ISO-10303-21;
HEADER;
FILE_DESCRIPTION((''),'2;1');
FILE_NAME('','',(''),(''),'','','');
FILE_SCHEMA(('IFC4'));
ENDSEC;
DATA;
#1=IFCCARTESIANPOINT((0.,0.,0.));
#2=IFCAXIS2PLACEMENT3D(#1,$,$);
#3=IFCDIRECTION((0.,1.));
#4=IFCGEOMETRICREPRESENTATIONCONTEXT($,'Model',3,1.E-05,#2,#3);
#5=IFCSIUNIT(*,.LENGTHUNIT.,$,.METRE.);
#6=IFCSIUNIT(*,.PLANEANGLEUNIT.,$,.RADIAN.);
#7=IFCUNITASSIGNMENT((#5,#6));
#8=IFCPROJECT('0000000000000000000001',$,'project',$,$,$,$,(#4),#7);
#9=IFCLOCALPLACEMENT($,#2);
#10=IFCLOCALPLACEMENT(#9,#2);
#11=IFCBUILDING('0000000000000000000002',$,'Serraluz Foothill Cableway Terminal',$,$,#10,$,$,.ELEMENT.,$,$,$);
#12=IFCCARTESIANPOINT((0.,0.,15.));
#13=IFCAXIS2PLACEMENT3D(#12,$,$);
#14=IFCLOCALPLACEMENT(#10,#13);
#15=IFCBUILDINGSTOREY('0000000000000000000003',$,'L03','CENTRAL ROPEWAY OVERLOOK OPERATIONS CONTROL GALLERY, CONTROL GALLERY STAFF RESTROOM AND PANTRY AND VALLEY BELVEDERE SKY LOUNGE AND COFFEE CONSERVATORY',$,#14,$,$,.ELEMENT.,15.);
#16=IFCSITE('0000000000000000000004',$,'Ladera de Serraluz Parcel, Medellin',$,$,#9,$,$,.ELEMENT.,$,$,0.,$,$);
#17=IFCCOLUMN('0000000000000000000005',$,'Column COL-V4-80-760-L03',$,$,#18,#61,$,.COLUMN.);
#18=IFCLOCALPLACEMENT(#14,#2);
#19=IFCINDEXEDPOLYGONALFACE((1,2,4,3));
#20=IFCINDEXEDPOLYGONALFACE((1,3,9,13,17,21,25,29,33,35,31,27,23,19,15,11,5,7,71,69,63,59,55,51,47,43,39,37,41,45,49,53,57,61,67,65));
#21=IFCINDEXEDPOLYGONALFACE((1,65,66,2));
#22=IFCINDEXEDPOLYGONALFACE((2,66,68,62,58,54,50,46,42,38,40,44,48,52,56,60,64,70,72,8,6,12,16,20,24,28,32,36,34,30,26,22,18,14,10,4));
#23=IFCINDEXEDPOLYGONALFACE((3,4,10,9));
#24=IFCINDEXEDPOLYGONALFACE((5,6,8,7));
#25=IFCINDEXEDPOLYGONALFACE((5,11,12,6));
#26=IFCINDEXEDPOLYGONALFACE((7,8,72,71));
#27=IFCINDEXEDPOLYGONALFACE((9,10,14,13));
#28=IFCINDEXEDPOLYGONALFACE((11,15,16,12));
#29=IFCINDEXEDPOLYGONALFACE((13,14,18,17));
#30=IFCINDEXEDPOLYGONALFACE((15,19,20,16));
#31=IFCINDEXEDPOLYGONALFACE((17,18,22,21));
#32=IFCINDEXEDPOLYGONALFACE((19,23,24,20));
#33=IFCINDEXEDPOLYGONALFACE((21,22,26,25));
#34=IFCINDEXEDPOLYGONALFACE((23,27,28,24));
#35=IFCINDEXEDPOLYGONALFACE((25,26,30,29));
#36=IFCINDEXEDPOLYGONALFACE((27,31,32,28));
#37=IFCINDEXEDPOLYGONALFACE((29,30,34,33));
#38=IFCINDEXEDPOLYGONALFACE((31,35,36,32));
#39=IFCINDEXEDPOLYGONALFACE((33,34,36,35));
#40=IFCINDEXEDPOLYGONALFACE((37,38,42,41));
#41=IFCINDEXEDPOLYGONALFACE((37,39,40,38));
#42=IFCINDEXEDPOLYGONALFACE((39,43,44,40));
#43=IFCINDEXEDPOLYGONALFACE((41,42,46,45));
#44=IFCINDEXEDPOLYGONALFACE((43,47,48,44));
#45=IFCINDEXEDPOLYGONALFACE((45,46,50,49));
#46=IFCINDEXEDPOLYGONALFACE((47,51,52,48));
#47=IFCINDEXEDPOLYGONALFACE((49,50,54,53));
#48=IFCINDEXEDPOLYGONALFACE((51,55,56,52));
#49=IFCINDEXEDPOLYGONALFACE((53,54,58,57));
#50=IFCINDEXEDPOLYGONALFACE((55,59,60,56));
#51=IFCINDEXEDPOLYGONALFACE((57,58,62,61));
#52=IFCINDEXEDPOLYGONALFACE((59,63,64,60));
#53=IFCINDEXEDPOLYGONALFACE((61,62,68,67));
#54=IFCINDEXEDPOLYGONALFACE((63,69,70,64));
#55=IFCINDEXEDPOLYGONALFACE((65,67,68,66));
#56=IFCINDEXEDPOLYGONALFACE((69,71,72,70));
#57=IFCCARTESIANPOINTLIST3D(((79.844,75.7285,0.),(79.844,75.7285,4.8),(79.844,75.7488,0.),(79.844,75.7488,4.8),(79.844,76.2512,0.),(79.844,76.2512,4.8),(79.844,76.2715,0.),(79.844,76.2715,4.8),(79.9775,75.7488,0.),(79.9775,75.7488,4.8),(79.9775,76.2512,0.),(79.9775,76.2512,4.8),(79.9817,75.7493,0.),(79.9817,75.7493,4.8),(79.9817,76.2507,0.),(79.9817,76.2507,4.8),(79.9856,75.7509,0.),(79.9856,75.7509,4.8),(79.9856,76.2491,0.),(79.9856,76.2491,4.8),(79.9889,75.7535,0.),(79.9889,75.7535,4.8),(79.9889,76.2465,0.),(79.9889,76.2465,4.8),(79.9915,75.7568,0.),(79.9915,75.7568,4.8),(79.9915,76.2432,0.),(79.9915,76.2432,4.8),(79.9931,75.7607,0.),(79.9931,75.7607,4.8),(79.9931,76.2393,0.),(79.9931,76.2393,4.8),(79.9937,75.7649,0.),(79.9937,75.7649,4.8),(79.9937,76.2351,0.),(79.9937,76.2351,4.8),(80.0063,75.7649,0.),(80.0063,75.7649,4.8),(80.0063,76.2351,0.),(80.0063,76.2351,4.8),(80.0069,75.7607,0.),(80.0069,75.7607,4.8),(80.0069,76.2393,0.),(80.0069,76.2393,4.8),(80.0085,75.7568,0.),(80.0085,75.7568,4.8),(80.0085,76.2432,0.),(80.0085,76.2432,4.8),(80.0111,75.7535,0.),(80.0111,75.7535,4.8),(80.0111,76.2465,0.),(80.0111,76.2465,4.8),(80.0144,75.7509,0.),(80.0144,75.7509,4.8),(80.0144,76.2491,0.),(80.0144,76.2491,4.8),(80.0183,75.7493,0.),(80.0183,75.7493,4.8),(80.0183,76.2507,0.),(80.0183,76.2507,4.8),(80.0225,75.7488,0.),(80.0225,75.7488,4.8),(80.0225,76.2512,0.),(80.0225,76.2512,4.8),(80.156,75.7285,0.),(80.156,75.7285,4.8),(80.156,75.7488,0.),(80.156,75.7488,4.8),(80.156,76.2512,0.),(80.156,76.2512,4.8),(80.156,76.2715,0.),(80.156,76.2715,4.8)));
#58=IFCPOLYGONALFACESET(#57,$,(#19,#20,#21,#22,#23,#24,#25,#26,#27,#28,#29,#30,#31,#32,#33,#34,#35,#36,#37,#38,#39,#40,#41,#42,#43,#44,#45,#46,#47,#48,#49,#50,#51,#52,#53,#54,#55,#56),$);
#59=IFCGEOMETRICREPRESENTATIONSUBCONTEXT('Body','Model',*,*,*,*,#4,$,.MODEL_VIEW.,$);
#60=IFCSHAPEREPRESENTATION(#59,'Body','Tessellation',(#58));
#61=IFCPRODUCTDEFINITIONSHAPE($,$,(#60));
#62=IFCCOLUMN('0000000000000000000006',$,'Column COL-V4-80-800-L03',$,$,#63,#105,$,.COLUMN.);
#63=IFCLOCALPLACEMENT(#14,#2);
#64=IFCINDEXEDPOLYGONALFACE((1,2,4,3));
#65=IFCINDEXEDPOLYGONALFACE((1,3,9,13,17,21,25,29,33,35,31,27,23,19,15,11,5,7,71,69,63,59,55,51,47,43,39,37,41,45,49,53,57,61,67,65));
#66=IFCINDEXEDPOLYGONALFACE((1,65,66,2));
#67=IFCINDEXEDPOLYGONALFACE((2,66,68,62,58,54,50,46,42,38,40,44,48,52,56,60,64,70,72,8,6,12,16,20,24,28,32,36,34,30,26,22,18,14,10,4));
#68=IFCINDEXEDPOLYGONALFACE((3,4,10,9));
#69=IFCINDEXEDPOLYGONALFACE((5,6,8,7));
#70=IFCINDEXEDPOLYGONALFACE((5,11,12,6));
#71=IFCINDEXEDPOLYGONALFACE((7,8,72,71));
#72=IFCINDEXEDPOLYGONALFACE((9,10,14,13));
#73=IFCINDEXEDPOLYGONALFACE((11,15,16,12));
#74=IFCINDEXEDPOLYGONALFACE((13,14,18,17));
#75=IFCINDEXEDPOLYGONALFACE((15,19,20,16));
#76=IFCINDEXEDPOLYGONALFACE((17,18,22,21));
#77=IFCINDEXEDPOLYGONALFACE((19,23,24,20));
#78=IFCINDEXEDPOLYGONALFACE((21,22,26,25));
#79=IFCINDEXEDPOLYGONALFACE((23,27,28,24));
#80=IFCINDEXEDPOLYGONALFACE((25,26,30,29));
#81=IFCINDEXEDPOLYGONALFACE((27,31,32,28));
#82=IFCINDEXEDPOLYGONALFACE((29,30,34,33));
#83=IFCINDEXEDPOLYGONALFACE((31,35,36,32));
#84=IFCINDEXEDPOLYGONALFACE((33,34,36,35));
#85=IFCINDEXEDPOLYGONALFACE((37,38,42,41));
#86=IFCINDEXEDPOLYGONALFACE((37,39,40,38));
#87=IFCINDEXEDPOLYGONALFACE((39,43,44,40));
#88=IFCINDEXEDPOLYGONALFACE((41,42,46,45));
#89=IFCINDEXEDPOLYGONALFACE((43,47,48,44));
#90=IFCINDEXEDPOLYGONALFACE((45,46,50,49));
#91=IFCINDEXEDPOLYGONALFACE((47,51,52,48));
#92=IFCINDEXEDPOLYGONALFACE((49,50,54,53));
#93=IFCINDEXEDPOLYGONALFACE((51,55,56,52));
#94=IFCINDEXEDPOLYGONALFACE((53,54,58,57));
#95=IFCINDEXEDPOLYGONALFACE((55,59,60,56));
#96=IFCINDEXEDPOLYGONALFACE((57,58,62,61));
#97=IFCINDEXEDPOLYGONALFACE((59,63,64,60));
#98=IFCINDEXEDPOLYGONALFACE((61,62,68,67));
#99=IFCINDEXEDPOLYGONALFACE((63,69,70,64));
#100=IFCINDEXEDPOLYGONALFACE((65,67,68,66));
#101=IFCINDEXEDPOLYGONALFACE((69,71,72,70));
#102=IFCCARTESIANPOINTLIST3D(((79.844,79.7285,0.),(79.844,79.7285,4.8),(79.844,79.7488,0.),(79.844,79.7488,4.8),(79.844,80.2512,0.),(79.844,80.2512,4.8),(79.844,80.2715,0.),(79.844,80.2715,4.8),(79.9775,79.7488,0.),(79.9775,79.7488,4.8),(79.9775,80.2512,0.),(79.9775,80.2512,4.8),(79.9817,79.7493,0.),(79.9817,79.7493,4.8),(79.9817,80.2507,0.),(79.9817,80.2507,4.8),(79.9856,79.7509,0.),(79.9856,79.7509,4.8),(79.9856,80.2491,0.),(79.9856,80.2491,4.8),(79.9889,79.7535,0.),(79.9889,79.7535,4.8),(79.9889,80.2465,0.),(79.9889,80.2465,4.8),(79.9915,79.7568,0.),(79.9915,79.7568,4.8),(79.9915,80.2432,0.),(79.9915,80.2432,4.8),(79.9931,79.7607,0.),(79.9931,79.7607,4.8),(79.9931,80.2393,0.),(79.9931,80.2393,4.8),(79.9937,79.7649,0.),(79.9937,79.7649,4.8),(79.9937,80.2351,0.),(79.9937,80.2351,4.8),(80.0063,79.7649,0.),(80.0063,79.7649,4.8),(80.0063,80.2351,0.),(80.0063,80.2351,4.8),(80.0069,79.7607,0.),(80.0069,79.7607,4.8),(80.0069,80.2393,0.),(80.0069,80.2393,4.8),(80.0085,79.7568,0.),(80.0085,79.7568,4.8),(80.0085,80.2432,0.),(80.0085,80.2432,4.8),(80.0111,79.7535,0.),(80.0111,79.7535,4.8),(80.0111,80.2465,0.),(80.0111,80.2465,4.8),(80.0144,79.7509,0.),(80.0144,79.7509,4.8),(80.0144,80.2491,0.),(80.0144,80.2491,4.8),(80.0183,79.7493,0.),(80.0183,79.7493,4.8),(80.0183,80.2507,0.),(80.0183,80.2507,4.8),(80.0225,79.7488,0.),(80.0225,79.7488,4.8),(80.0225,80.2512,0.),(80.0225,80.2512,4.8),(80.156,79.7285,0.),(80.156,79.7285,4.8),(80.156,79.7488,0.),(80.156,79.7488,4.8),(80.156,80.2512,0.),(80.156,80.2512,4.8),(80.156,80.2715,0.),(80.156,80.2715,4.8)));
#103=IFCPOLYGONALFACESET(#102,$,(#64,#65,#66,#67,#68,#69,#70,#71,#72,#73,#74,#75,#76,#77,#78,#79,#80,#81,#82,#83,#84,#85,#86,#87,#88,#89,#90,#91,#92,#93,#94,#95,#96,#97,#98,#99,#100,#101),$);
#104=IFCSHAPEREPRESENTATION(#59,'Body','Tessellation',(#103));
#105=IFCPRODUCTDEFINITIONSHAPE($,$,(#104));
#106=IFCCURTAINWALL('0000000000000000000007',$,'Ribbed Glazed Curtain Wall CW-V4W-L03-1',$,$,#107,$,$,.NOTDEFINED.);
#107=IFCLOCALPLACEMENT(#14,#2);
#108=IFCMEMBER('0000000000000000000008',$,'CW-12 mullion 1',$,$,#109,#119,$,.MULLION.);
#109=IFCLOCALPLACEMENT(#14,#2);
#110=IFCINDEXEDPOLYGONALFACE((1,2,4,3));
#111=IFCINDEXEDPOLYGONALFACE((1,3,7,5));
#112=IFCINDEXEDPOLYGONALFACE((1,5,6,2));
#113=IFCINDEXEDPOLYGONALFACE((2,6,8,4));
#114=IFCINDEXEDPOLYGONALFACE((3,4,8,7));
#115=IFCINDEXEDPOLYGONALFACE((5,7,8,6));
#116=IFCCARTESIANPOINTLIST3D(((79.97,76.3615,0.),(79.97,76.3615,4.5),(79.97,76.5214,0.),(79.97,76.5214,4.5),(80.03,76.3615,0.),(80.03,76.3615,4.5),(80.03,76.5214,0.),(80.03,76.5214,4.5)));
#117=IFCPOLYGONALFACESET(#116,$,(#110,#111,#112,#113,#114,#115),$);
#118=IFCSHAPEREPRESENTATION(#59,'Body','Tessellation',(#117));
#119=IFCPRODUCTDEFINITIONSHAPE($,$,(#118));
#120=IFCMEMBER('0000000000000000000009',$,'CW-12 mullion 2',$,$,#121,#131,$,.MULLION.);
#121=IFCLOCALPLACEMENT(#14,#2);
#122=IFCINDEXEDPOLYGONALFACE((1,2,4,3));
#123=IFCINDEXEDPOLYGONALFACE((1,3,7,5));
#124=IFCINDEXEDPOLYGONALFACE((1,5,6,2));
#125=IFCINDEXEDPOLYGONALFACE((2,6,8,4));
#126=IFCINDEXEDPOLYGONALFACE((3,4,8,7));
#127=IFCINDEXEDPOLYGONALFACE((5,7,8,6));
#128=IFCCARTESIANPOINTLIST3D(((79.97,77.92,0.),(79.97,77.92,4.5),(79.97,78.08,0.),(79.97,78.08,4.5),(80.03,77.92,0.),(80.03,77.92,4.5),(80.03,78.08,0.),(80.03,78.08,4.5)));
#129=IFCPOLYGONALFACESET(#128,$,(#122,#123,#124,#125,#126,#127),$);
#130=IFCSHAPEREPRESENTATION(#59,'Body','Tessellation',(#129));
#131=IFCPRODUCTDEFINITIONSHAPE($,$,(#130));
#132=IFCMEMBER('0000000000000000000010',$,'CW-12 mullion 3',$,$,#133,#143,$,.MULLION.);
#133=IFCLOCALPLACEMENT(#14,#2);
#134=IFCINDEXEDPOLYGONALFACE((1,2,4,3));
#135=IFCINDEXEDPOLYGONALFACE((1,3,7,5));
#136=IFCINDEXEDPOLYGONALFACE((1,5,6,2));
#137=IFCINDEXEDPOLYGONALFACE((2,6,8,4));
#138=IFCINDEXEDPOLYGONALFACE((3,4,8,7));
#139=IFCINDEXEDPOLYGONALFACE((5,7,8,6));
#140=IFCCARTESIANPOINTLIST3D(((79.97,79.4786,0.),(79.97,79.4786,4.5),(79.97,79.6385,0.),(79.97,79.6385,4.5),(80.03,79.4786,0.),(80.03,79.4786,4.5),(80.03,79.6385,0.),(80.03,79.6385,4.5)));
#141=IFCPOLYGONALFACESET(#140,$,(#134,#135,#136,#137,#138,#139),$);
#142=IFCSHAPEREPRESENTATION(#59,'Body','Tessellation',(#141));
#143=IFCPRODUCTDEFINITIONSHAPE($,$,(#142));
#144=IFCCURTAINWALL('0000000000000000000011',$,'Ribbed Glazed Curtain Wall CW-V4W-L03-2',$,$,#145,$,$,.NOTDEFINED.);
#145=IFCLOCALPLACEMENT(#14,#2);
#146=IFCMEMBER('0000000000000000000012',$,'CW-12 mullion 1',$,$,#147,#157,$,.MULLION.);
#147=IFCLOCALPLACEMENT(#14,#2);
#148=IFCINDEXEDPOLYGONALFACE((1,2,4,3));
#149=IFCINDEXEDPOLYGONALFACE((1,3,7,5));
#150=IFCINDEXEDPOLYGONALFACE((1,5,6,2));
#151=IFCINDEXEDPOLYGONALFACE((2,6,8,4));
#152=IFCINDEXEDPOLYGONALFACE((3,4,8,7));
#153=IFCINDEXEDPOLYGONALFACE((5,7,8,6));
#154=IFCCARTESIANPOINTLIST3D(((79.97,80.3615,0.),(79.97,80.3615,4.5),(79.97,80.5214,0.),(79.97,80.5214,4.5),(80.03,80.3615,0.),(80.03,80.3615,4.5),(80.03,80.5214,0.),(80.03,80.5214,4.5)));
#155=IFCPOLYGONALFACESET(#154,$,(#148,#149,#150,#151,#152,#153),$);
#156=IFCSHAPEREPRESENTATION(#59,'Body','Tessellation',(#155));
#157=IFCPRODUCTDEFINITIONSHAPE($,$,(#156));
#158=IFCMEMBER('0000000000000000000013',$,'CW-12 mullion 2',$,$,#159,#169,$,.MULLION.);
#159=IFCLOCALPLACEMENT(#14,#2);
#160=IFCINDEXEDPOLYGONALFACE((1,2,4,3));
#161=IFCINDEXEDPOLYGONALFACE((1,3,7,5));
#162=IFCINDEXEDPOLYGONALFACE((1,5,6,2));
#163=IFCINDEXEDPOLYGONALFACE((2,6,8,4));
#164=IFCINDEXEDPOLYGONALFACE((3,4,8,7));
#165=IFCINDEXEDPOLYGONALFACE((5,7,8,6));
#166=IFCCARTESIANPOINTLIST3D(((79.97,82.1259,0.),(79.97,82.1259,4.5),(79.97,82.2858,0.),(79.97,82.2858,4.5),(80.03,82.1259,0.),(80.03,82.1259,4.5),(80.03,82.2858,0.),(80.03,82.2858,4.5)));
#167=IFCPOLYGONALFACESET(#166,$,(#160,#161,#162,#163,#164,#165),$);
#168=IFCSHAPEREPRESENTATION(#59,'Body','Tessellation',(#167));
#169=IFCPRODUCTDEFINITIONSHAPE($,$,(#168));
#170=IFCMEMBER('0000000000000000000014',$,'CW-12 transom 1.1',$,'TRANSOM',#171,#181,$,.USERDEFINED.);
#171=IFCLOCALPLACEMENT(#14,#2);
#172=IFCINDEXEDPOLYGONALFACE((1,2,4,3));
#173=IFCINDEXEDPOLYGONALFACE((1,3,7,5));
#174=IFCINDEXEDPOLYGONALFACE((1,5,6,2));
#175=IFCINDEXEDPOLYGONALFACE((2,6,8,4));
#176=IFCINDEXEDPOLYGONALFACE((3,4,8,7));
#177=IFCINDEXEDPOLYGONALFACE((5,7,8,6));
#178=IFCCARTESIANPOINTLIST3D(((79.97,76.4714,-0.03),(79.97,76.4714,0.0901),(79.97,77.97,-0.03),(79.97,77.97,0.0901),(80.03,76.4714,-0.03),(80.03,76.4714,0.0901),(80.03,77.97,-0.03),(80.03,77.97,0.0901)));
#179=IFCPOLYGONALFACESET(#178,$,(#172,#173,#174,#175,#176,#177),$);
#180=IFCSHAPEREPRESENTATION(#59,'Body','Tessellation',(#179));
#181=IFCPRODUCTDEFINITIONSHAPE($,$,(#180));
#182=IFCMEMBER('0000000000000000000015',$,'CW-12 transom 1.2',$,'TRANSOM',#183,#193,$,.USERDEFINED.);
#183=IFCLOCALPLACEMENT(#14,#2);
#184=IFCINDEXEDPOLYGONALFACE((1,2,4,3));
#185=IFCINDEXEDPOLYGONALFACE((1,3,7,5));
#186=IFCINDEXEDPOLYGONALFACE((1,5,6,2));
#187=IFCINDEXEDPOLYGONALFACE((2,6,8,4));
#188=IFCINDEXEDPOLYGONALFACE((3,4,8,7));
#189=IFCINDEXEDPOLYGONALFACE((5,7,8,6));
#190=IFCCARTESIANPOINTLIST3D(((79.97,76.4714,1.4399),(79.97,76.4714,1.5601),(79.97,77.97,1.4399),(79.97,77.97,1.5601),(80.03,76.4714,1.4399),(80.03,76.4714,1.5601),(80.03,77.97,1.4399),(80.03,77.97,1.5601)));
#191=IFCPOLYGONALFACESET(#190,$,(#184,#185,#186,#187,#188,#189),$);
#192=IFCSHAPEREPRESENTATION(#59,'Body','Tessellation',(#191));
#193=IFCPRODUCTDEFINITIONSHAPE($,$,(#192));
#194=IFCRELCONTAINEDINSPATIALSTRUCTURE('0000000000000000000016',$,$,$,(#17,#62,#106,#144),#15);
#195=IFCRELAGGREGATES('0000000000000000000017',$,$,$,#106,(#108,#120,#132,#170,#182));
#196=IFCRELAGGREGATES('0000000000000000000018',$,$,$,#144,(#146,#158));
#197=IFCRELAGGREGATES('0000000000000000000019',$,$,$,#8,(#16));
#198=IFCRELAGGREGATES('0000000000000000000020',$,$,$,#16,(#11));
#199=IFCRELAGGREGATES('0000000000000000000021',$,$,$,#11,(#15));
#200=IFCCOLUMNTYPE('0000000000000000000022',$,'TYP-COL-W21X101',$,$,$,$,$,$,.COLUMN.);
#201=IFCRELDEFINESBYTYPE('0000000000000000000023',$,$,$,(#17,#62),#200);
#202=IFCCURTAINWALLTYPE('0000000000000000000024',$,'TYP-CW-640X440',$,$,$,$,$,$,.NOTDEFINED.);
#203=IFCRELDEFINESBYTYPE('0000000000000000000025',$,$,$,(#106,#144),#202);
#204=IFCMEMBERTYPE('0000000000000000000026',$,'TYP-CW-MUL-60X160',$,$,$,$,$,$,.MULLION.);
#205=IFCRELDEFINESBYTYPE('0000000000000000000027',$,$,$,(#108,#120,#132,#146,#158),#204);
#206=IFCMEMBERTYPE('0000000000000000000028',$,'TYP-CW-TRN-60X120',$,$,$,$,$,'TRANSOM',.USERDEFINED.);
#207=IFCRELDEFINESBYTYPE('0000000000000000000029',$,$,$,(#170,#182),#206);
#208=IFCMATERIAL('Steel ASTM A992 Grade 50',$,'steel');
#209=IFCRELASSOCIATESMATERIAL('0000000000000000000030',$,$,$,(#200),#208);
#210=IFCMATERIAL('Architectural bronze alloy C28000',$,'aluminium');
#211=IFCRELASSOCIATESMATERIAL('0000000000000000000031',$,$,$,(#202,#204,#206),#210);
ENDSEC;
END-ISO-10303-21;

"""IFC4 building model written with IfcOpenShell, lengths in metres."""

from ifc_helpers import new_model, si_unit, direction, frame, origin, origin_2d, place, context, subcontext, project, spatial, rectangle, i_section, extrude, material, material_profile, profile_set, type_object, element, aggregate, save


model = new_model("IFC4")

# Units and contexts
model_context = context("Model", 3, precision=1e-05, world=origin(), true_north=direction((0.0, 1.0)))
body_context = subcontext(model_context, "Body", "Model", "MODEL_VIEW")
ifc_project = project(units=[si_unit("LENGTHUNIT", "METRE"), si_unit("PLANEANGLEUNIT", "RADIAN")], contexts=[model_context])

# Site, building, storey
site_placement = place(None, origin())
site = spatial("IfcSite", under=ifc_project, at=site_placement, Name="Ladera de Serraluz Parcel, Medellin", CompositionType="ELEMENT", RefElevation=0.0)
building_placement = place(site_placement, origin())
building = spatial("IfcBuilding", under=site, at=building_placement, Name="Serraluz Foothill Cableway Terminal", CompositionType="ELEMENT")
storey_placement = place(building_placement, frame((0.0, 0.0, 15.0)))
storey = spatial("IfcBuildingStorey", under=building, at=storey_placement, Name="L03", Description="CENTRAL ROPEWAY OVERLOOK OPERATIONS CONTROL GALLERY, CONTROL GALLERY STAFF RESTROOM AND PANTRY AND VALLEY BELVEDERE SKY LOUNGE AND COFFEE CONSERVATORY", CompositionType="ELEMENT", Elevation=15.0)

# Columns
ifc_material_1 = material(Name="Steel ASTM A992 Grade 50", Category="steel")
ifc_material_profile_1 = material_profile(ifc_material_1, i_section(OverallWidth=0.312, OverallDepth=0.543, WebThickness=0.0127, FlangeThickness=0.0203, FilletRadius=0.0161, at=origin_2d()), Name="W21X101")
ifc_profile_set_1 = profile_set([ifc_material_profile_1], Name="Steel ASTM A992 Grade 50")
column_type = type_object("IfcColumnType", Name="TYP-COL-W21X101", PredefinedType="COLUMN", material=ifc_profile_set_1)
for number, where, z_axis, x_axis, name in (
    (1, (80.0, 76.0, 0.0), (0.0, 0.0, 1.0), (1.0, 0.0, 0.0), "Column COL-V4-80-760-L03"),
    (2, (80.0, 80.0, 0.0), (0.0, 0.0, 1.0), (1.0, 0.0, 0.0), "Column COL-V4-80-800-L03"),
):
    element("IfcColumn", number, at=place(storey_placement, frame(where, z_axis=z_axis, x_axis=x_axis)), inside=storey, type_object=column_type, Name=name, PredefinedType="COLUMN", context=body_context, shape_type="SweptSolid", body=[
        extrude(i_section(OverallWidth=0.312, OverallDepth=0.543, WebThickness=0.0127, FlangeThickness=0.0203, FilletRadius=0.0161, at=origin_2d()), origin(), (0.0, 0.0, 1.0), 4.8),
    ])

# Curtain walls, members
ifc_material_2 = material(Name="Architectural bronze alloy C28000", Category="aluminium")
curtain_wall_type = type_object("IfcCurtainWallType", Name="TYP-CW-640X440", PredefinedType="NOTDEFINED", material=ifc_material_2)
curtain_wall_1_placement = place(storey_placement, origin())
curtain_wall_1 = element("IfcCurtainWall", 3, at=curtain_wall_1_placement, inside=storey, type_object=curtain_wall_type, Name="Ribbed Glazed Curtain Wall CW-V4W-L03-1", PredefinedType="NOTDEFINED")
ifc_material_profile_2 = material_profile(ifc_material_2, rectangle(XDim=0.0601, YDim=0.1599, at=origin_2d()), Name="ALU MULLION 60x160")
ifc_profile_set_2 = profile_set([ifc_material_profile_2], Name="Architectural bronze alloy C28000")
member_type_1 = type_object("IfcMemberType", Name="TYP-CW-MUL-60X160", PredefinedType="MULLION", material=ifc_profile_set_2)
member_1_placement = place(storey_placement, frame((80.0, 76.4414, 0.0), z_axis=(0.0, 0.0, 1.0), x_axis=(-1.0, 0.0, 0.0)))
member_1 = element("IfcMember", 4, at=member_1_placement, type_object=member_type_1, Name="CW-12 mullion 1", PredefinedType="MULLION", context=body_context, shape_type="SweptSolid", body=[
    extrude(rectangle(XDim=0.0601, YDim=0.1599, at=origin_2d()), origin(), (0.0, 0.0, 1.0), 4.5),
])
member_2_placement = place(storey_placement, frame((80.0, 78.0, 0.0), z_axis=(0.0, 0.0, 1.0), x_axis=(-1.0, 0.0, 0.0)))
member_2 = element("IfcMember", 5, at=member_2_placement, type_object=member_type_1, Name="CW-12 mullion 2", PredefinedType="MULLION", context=body_context, shape_type="SweptSolid", body=[
    extrude(rectangle(XDim=0.0601, YDim=0.1599, at=origin_2d()), origin(), (0.0, 0.0, 1.0), 4.5),
])
member_3_placement = place(storey_placement, frame((80.0, 79.5586, 0.0), z_axis=(0.0, 0.0, 1.0), x_axis=(-1.0, 0.0, 0.0)))
member_3 = element("IfcMember", 6, at=member_3_placement, type_object=member_type_1, Name="CW-12 mullion 3", PredefinedType="MULLION", context=body_context, shape_type="SweptSolid", body=[
    extrude(rectangle(XDim=0.0601, YDim=0.1599, at=origin_2d()), origin(), (0.0, 0.0, 1.0), 4.5),
])
curtain_wall_2_placement = place(storey_placement, origin())
curtain_wall_2 = element("IfcCurtainWall", 7, at=curtain_wall_2_placement, inside=storey, type_object=curtain_wall_type, Name="Ribbed Glazed Curtain Wall CW-V4W-L03-2", PredefinedType="NOTDEFINED")
member_4_placement = place(storey_placement, frame((80.0, 80.4414, 0.0), z_axis=(0.0, 0.0, 1.0), x_axis=(-1.0, 0.0, 0.0)))
member_4 = element("IfcMember", 8, at=member_4_placement, type_object=member_type_1, Name="CW-12 mullion 1", PredefinedType="MULLION", context=body_context, shape_type="SweptSolid", body=[
    extrude(rectangle(XDim=0.0601, YDim=0.1599, at=origin_2d()), origin(), (0.0, 0.0, 1.0), 4.5),
])
member_5_placement = place(storey_placement, frame((80.0, 82.2058, 0.0), z_axis=(0.0, 0.0, 1.0), x_axis=(-1.0, 0.0, 0.0)))
member_5 = element("IfcMember", 9, at=member_5_placement, type_object=member_type_1, Name="CW-12 mullion 2", PredefinedType="MULLION", context=body_context, shape_type="SweptSolid", body=[
    extrude(rectangle(XDim=0.0601, YDim=0.1599, at=origin_2d()), origin(), (0.0, 0.0, 1.0), 4.5),
])

# Members
ifc_material_profile_3 = material_profile(ifc_material_2, rectangle(XDim=0.0601, YDim=0.1201, at=origin_2d()), Name="ALU TRANSOM 60x120")
ifc_profile_set_3 = profile_set([ifc_material_profile_3], Name="Architectural bronze alloy C28000")
member_type_2 = type_object("IfcMemberType", Name="TYP-CW-TRN-60X120", ElementType="TRANSOM", PredefinedType="USERDEFINED", material=ifc_profile_set_3)
member_6_placement = place(storey_placement, frame((80.0, 76.4714, 0.03), z_axis=(0.0, 1.0, 0.0), x_axis=(-1.0, 0.0, 0.0)))
member_6 = element("IfcMember", 10, at=member_6_placement, type_object=member_type_2, Name="CW-12 transom 1.1", ObjectType="TRANSOM", PredefinedType="USERDEFINED", context=body_context, shape_type="SweptSolid", body=[
    extrude(rectangle(XDim=0.0601, YDim=0.1201, at=origin_2d()), origin(), (0.0, 0.0, 1.0), 1.4985),
])
member_7_placement = place(storey_placement, frame((80.0, 76.4714, 1.5), z_axis=(0.0, 1.0, 0.0), x_axis=(-1.0, 0.0, 0.0)))
member_7 = element("IfcMember", 11, at=member_7_placement, type_object=member_type_2, Name="CW-12 transom 1.2", ObjectType="TRANSOM", PredefinedType="USERDEFINED", context=body_context, shape_type="SweptSolid", body=[
    extrude(rectangle(XDim=0.0601, YDim=0.1201, at=origin_2d()), origin(), (0.0, 0.0, 1.0), 1.4985),
])

aggregate(curtain_wall_1, [member_1, member_2, member_3, member_6, member_7])
aggregate(curtain_wall_2, [member_4, member_5])

save(model, "model.ifc")
